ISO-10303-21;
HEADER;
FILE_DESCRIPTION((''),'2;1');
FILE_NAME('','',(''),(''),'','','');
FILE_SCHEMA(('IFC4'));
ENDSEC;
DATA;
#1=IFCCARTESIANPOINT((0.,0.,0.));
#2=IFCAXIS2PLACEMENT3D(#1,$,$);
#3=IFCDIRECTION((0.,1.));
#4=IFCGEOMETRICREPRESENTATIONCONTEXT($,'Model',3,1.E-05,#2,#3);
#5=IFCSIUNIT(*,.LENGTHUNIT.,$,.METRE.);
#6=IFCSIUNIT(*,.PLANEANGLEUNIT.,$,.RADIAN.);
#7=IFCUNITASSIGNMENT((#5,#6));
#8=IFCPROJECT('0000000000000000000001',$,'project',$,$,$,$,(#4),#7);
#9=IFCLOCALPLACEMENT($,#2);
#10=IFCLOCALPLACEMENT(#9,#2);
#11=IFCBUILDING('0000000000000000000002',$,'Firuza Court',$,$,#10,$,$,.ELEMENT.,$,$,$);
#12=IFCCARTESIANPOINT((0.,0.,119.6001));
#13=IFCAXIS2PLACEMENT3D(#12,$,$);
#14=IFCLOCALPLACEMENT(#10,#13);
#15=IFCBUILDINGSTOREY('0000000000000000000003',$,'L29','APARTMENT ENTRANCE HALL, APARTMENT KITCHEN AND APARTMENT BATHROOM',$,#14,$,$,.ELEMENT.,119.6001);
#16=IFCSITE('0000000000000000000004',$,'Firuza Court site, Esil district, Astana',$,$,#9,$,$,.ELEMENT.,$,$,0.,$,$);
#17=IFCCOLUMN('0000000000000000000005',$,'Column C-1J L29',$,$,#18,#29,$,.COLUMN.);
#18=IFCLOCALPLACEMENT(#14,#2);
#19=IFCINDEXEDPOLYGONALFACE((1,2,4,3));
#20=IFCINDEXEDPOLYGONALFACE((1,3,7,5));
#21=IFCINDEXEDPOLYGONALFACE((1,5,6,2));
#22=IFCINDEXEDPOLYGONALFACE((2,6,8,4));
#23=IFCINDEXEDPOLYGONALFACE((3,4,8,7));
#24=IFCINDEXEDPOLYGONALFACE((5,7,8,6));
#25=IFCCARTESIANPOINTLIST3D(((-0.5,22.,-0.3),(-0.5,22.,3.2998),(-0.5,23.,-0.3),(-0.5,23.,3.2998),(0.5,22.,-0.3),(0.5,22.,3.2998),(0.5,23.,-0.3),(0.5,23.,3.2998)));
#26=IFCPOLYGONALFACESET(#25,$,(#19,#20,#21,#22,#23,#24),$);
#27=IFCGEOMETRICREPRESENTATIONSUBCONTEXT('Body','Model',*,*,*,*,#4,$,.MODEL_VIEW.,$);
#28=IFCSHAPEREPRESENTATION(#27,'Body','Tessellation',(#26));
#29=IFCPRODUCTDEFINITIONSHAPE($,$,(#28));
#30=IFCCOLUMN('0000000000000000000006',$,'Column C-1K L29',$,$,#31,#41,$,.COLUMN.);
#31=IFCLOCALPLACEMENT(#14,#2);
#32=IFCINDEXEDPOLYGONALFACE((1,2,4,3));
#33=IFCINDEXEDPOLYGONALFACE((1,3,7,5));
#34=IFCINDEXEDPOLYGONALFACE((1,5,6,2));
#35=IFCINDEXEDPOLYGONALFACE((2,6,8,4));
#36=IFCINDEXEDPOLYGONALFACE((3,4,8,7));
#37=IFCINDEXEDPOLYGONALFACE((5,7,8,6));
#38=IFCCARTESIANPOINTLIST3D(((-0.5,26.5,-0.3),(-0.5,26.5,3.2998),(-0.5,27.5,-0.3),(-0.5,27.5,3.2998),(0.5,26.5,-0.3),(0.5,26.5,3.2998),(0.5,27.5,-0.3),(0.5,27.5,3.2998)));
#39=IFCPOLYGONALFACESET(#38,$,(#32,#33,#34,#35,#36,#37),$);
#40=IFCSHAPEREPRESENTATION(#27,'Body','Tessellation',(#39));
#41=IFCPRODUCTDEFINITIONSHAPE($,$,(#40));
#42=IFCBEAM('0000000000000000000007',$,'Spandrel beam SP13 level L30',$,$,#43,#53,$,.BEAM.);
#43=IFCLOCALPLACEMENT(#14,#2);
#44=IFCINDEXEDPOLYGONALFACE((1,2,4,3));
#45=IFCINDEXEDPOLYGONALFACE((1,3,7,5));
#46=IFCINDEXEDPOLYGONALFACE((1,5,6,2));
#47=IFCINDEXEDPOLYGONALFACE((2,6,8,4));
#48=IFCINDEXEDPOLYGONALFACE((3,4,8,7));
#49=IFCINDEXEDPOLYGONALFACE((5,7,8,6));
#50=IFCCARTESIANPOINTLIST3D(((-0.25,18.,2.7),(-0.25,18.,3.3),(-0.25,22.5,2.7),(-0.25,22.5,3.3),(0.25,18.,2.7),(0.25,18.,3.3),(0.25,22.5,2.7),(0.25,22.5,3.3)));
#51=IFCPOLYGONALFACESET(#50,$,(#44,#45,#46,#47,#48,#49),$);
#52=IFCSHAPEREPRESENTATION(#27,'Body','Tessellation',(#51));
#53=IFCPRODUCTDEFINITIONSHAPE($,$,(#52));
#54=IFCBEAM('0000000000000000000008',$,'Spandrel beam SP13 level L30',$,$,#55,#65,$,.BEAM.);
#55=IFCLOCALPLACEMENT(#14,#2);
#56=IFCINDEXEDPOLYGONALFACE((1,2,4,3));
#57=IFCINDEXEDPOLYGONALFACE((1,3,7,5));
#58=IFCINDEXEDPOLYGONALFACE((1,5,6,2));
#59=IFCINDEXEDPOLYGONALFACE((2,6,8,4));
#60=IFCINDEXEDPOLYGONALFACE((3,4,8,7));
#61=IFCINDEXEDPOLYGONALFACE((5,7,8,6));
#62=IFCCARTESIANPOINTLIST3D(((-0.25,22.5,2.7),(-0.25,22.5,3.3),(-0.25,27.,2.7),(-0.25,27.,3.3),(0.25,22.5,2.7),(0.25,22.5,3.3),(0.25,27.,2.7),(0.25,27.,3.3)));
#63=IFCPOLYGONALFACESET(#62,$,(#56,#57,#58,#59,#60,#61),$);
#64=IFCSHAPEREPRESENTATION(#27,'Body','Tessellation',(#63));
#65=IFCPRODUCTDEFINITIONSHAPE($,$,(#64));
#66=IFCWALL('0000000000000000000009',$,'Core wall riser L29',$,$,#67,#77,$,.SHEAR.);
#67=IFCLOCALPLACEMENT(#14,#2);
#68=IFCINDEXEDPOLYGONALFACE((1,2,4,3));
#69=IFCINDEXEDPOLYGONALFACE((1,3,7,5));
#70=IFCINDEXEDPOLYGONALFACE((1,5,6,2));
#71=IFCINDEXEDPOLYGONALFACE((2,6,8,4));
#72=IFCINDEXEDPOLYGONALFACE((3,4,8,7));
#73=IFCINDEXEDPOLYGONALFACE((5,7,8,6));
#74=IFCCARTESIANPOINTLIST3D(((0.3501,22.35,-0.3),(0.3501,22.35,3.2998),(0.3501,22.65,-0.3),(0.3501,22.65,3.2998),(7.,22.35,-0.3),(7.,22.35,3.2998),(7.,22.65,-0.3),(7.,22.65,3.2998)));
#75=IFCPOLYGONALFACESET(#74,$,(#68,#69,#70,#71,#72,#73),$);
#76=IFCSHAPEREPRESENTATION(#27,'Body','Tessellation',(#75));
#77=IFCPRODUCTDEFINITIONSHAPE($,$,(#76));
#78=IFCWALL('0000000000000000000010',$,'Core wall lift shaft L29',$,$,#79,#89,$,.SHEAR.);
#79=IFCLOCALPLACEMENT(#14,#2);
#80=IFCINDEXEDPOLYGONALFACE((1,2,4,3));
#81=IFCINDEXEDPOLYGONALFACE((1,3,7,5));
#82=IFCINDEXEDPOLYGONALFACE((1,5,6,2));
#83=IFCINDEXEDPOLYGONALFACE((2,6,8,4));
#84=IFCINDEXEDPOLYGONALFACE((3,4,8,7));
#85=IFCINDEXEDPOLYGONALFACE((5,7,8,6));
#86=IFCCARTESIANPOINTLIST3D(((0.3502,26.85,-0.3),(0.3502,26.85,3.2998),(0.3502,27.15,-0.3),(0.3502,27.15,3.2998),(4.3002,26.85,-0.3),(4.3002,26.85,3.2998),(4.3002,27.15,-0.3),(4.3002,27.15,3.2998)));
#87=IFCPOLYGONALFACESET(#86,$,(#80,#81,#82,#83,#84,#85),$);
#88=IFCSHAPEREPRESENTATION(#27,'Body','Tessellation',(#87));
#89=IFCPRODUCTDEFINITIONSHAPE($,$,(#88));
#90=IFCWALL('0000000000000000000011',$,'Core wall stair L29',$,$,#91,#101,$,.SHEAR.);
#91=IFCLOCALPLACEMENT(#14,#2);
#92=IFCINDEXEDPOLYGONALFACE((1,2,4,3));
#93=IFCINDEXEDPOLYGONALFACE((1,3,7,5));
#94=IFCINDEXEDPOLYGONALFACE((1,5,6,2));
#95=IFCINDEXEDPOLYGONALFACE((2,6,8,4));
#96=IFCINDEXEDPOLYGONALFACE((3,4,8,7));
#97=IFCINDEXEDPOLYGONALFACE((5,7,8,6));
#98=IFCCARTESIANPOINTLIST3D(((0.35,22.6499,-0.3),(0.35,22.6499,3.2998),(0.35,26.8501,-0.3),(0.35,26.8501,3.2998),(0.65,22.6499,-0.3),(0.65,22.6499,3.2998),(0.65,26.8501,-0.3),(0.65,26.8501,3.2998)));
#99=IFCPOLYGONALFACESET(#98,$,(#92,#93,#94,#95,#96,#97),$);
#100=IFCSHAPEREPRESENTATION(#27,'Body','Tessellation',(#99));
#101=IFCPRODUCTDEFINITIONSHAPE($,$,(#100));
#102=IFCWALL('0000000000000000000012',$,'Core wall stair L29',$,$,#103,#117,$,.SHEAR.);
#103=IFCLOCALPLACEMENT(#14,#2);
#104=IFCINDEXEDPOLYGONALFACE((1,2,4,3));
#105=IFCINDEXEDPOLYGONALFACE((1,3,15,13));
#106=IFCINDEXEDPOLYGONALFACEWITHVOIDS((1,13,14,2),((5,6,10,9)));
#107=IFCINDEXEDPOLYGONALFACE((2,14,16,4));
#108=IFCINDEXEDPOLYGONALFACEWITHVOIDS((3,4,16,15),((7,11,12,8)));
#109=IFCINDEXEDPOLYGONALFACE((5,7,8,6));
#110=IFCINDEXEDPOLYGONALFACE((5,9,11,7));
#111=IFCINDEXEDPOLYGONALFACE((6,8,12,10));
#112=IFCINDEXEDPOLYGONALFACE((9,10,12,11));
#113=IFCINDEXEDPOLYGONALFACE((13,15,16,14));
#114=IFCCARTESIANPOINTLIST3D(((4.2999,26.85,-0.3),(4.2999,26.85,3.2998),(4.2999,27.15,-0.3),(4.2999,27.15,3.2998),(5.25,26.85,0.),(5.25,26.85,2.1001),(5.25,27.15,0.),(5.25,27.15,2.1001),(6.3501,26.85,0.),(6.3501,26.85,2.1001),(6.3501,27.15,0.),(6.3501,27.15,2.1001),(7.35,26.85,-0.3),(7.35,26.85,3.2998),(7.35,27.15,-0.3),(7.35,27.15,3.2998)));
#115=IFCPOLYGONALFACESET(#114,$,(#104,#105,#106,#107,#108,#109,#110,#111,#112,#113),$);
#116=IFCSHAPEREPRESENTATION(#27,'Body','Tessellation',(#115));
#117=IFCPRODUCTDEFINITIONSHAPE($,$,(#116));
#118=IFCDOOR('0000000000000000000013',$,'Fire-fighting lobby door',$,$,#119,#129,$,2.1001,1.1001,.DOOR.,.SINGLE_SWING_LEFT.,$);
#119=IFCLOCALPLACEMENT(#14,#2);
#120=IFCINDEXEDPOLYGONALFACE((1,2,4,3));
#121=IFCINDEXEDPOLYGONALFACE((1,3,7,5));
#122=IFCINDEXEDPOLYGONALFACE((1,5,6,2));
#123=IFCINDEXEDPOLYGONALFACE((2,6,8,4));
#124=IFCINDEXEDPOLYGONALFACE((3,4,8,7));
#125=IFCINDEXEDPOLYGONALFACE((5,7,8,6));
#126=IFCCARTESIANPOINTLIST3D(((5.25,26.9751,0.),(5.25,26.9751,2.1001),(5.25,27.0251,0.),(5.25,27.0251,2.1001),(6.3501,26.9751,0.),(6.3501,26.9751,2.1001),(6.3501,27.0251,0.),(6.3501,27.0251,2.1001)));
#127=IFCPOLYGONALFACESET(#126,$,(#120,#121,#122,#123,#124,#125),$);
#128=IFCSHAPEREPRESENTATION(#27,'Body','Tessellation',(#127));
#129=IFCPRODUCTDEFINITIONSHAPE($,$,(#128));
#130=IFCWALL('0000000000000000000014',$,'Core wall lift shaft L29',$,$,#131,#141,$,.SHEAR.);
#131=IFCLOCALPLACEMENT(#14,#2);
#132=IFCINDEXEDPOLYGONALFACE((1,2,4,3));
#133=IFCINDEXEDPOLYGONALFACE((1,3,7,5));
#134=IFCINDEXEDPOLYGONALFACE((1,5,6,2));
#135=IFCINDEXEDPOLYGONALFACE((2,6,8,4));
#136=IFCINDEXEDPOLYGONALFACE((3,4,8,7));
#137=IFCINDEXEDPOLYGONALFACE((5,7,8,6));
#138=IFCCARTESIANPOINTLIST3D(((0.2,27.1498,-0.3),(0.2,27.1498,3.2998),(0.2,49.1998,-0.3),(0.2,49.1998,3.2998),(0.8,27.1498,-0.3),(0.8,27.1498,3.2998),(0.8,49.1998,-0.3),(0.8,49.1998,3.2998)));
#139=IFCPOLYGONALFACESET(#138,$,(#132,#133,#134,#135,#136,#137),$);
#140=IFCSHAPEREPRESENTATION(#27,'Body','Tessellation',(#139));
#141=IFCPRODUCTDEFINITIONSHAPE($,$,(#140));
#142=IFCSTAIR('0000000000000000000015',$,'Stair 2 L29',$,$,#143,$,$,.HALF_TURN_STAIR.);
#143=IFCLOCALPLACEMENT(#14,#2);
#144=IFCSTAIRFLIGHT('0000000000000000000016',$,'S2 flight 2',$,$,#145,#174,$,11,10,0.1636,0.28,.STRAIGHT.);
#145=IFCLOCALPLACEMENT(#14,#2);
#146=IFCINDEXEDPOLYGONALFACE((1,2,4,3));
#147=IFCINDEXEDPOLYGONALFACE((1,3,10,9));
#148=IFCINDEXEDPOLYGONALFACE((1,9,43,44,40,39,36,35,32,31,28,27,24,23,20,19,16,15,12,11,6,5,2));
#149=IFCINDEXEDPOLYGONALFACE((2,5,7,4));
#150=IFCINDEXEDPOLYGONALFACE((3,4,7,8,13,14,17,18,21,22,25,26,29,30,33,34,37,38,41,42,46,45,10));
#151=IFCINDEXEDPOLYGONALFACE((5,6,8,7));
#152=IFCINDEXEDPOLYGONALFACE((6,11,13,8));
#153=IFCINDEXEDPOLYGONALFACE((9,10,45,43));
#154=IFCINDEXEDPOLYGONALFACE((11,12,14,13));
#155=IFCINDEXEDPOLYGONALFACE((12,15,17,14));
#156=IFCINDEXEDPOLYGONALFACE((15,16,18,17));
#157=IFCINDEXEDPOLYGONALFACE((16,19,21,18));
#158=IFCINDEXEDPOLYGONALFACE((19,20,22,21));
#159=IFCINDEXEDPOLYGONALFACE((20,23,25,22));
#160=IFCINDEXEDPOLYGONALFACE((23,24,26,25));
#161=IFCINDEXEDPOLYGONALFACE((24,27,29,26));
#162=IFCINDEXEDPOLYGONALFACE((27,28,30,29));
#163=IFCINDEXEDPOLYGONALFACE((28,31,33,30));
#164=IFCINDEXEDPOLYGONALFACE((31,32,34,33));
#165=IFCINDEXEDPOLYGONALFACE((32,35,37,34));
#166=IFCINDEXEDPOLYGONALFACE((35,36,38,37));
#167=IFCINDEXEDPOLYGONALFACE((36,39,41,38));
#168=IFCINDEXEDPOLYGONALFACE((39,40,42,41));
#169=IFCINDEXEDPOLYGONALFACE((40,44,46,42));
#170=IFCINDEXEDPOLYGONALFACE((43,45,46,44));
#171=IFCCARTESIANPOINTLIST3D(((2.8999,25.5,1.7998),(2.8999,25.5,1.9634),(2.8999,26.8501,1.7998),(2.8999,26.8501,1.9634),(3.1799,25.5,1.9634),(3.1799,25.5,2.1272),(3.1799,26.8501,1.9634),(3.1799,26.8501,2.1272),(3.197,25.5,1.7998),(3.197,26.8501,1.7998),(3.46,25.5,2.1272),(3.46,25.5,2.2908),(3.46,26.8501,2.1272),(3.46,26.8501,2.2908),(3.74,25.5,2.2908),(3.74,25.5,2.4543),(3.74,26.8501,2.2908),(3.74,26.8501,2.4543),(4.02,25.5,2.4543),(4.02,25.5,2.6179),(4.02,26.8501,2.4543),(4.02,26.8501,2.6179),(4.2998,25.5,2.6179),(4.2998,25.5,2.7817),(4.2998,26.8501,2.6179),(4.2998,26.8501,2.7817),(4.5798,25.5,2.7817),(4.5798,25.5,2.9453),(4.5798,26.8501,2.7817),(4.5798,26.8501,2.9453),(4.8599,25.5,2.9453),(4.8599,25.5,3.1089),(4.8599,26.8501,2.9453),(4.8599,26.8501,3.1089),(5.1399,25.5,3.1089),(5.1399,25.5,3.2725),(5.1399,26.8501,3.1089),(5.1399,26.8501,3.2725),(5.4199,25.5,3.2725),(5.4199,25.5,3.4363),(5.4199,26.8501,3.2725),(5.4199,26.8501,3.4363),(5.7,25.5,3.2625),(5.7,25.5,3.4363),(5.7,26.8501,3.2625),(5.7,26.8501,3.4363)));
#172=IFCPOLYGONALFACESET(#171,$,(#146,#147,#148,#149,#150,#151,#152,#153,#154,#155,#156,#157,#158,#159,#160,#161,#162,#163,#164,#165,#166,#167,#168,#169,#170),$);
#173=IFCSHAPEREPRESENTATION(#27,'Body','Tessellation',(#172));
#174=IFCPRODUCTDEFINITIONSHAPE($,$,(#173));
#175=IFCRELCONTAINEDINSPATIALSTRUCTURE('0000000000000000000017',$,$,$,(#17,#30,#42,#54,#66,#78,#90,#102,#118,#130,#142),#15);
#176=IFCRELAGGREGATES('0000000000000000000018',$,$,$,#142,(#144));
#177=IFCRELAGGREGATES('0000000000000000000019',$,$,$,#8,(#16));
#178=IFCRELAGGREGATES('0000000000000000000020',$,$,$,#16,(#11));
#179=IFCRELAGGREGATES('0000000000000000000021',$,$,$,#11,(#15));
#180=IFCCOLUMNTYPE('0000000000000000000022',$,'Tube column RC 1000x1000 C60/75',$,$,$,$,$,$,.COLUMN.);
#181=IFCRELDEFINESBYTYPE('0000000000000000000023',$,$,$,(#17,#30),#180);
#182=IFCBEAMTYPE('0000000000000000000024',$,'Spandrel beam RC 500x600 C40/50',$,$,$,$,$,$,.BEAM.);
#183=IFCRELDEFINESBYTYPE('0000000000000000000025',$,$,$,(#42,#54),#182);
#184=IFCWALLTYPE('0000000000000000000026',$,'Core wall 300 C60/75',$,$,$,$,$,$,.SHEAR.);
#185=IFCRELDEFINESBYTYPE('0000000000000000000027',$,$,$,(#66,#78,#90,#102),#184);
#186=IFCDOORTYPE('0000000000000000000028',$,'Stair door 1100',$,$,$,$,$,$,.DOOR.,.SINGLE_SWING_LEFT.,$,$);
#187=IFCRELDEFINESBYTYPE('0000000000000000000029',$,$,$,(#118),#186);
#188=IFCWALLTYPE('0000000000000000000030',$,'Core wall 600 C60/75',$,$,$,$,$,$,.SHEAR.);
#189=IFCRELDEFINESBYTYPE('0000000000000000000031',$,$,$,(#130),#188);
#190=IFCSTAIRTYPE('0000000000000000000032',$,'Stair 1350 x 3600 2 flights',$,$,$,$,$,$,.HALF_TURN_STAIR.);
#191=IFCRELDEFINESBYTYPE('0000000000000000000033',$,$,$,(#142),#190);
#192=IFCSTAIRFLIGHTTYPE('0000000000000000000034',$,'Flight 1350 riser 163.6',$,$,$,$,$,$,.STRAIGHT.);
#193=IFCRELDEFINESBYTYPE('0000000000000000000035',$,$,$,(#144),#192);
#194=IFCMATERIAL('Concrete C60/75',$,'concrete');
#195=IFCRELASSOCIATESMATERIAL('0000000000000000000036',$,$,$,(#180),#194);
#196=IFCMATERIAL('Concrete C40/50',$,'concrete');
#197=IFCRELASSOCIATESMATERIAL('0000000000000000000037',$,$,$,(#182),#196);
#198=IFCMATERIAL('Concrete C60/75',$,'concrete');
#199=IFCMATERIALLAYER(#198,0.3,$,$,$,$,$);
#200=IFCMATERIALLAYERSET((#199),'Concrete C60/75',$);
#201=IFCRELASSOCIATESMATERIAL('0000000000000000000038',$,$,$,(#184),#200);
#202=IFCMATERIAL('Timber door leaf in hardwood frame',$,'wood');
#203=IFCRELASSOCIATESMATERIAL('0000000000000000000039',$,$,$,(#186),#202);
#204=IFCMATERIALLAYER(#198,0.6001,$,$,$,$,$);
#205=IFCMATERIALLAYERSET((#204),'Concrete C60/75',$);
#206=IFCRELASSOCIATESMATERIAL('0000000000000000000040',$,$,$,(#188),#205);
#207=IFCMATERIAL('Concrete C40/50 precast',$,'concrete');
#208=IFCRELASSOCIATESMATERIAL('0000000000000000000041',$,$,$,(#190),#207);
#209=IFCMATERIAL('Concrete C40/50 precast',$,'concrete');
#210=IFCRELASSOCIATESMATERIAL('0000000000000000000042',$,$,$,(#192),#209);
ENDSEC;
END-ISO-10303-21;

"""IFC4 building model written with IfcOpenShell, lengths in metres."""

from ifc_helpers import new_model, si_unit, direction, frame, frame_2d, origin, origin_2d, place, context, subcontext, project, spatial, polyline, rectangle, outline, extrude, material, layer, layer_set, material_profile, profile_set, type_object, element, fill, aggregate, save


model = new_model("IFC4")

# Units and contexts
model_context = context("Model", 3, precision=1e-05, world=origin(), true_north=direction((0.0, 1.0)))
body_context = subcontext(model_context, "Body", "Model", "MODEL_VIEW")
ifc_project = project(units=[si_unit("LENGTHUNIT", "METRE"), si_unit("PLANEANGLEUNIT", "RADIAN")], contexts=[model_context])

# Site, building, storey
site_placement = place(None, origin())
site = spatial("IfcSite", under=ifc_project, at=site_placement, Name="Firuza Court site, Esil district, Astana", CompositionType="ELEMENT", RefElevation=0.0)
building_placement = place(site_placement, origin())
building = spatial("IfcBuilding", under=site, at=building_placement, Name="Firuza Court", CompositionType="ELEMENT")
storey_placement = place(building_placement, frame((0.0, 0.0, 119.6001)))
storey = spatial("IfcBuildingStorey", under=building, at=storey_placement, Name="L29", Description="APARTMENT ENTRANCE HALL, APARTMENT KITCHEN AND APARTMENT BATHROOM", CompositionType="ELEMENT", Elevation=119.6001)

# Columns
ifc_material_1 = material(Name="Concrete C60/75", Category="concrete")
ifc_material_profile_1 = material_profile(ifc_material_1, rectangle(XDim=1.0, YDim=1.0, at=origin_2d()), Name="RC 1000x1000")
ifc_profile_set_1 = profile_set([ifc_material_profile_1], Name="Concrete C60/75")
column_type = type_object("IfcColumnType", Name="Tube column RC 1000x1000 C60/75", PredefinedType="COLUMN", material=ifc_profile_set_1)
for number, where, z_axis, x_axis, name in (
    (1, (0.0, 22.5, -0.3), (0.0, 0.0, 1.0), (1.0, 0.0, 0.0), "Column C-1J L29"),
    (2, (0.0, 27.0, -0.3), (0.0, 0.0, 1.0), (1.0, 0.0, 0.0), "Column C-1K L29"),
):
    element("IfcColumn", number, at=place(storey_placement, frame(where, z_axis=z_axis, x_axis=x_axis)), inside=storey, type_object=column_type, Name=name, PredefinedType="COLUMN", context=body_context, shape_type="SweptSolid", body=[
        extrude(rectangle(XDim=1.0, YDim=1.0, at=origin_2d()), origin(), (0.0, 0.0, 1.0), 3.5999),
    ])

# Beams
ifc_material_2 = material(Name="Concrete C40/50", Category="concrete")
ifc_material_profile_2 = material_profile(ifc_material_2, rectangle(XDim=0.5, YDim=0.6001, at=origin_2d()), Name="RC 500x600")
ifc_profile_set_2 = profile_set([ifc_material_profile_2], Name="Concrete C40/50")
beam_type = type_object("IfcBeamType", Name="Spandrel beam RC 500x600 C40/50", PredefinedType="BEAM", material=ifc_profile_set_2)
for number, where, z_axis, x_axis, name in (
    (3, (0.0, 22.5, 3.0), (0.0, -1.0, 0.0), (1.0, 0.0, 0.0), "Spandrel beam SP13 level L30"),
    (4, (0.0, 27.0, 3.0), (0.0, -1.0, 0.0), (1.0, 0.0, 0.0), "Spandrel beam SP13 level L30"),
):
    element("IfcBeam", number, at=place(storey_placement, frame(where, z_axis=z_axis, x_axis=x_axis)), inside=storey, type_object=beam_type, Name=name, PredefinedType="BEAM", context=body_context, shape_type="SweptSolid", body=[
        extrude(rectangle(XDim=0.5, YDim=0.6001, at=origin_2d()), origin(), (0.0, 0.0, 1.0), 4.5),
    ])

# Walls
ifc_material_3 = material(Name="Concrete C60/75", Category="concrete")
ifc_layer_1 = layer(ifc_material_3, 0.3)
ifc_layer_set_1 = layer_set([ifc_layer_1], Name="Concrete C60/75")
wall_type_1 = type_object("IfcWallType", Name="Core wall 300 C60/75", PredefinedType="SHEAR", material=ifc_layer_set_1)
wall_1_placement = place(storey_placement, frame((0.3501, 22.5, -0.3), z_axis=(0.0, 0.0, 1.0), x_axis=(1.0, 0.0, 0.0)))
element("IfcWall", 5, at=wall_1_placement, inside=storey, type_object=wall_type_1, Name="Core wall riser L29", PredefinedType="SHEAR", context=body_context, shape_type="SweptSolid", body=[
    extrude(rectangle(XDim=6.6499, YDim=0.3, at=frame_2d((3.325, 0.0))), origin(), (0.0, 0.0, 1.0), 3.5999),
])
wall_2_placement = place(storey_placement, frame((0.3501, 27.0, -0.3), z_axis=(0.0, 0.0, 1.0), x_axis=(1.0, 0.0, 0.0)))
element("IfcWall", 6, at=wall_2_placement, inside=storey, type_object=wall_type_1, Name="Core wall lift shaft L29", PredefinedType="SHEAR", context=body_context, shape_type="SweptSolid", body=[
    extrude(rectangle(XDim=3.95, YDim=0.3, at=frame_2d((1.9751, 0.0))), origin(), (0.0, 0.0, 1.0), 3.5999),
])
wall_3_placement = place(storey_placement, frame((0.5, 22.6499, -0.3), z_axis=(0.0, 0.0, 1.0), x_axis=(0.0, 1.0, 0.0)))
element("IfcWall", 7, at=wall_3_placement, inside=storey, type_object=wall_type_1, Name="Core wall stair L29", PredefinedType="SHEAR", context=body_context, shape_type="SweptSolid", body=[
    extrude(rectangle(XDim=4.2002, YDim=0.3, at=frame_2d((2.1001, 0.0))), origin(), (0.0, 0.0, 1.0), 3.5999),
])

# Wall, opening, door
wall_4_placement = place(storey_placement, frame((4.3, 27.0, -0.3), z_axis=(0.0, 0.0, 1.0), x_axis=(1.0, 0.0, 0.0)))
wall_4 = element("IfcWall", 8, at=wall_4_placement, inside=storey, type_object=wall_type_1, Name="Core wall stair L29", PredefinedType="SHEAR", context=body_context, shape_type="SweptSolid", body=[
    extrude(rectangle(XDim=3.05, YDim=0.3, at=frame_2d((1.5249, 0.0))), origin(), (0.0, 0.0, 1.0), 3.5999),
])
opening_1_placement = place(wall_4_placement, frame((0.95, 0.0, 0.3)))
opening_1 = element("IfcOpeningElement", 9, at=opening_1_placement, cuts=wall_4, PredefinedType="OPENING", context=body_context, shape_type="SweptSolid", body=[
    extrude(rectangle(XDim=1.1001, YDim=2.1001, at=frame_2d((0.55, 1.05))), frame((0.0, 0.1621, 0.0), z_axis=(0.0, -1.0, 0.0), x_axis=(1.0, 0.0, 0.0)), (0.0, 0.0, 1.0), 0.324),
])
ifc_material_4 = material(Name="Timber door leaf in hardwood frame", Category="wood")
door_type_1 = type_object("IfcDoorType", Name="Stair door 1100", OperationType="SINGLE_SWING_LEFT", PredefinedType="DOOR", material=ifc_material_4)
door_1_placement = place(opening_1_placement, frame((1.1001, 0.0, 0.0), z_axis=(0.0, 0.0, 1.0), x_axis=(-1.0, 0.0, 0.0)))
door_1 = element("IfcDoor", 10, at=door_1_placement, inside=storey, type_object=door_type_1, Name="Fire-fighting lobby door", OperationType="SINGLE_SWING_LEFT", OverallHeight=2.1001, OverallWidth=1.1001, PredefinedType="DOOR", context=body_context, shape_type="SweptSolid", body=[
    extrude(rectangle(XDim=1.1001, YDim=2.1001, at=frame_2d((0.55, 1.05))), frame((0.0, 0.0249, 0.0), z_axis=(0.0, -1.0, 0.0), x_axis=(1.0, 0.0, 0.0)), (0.0, 0.0, 1.0), 0.05),
])
fill(opening_1, door_1)

# Wall
ifc_layer_2 = layer(ifc_material_3, 0.6001)
ifc_layer_set_2 = layer_set([ifc_layer_2], Name="Concrete C60/75")
wall_type_2 = type_object("IfcWallType", Name="Core wall 600 C60/75", PredefinedType="SHEAR", material=ifc_layer_set_2)
wall_5_placement = place(storey_placement, frame((0.5, 27.1499, -0.3), z_axis=(0.0, 0.0, 1.0), x_axis=(0.0, 1.0, 0.0)))
element("IfcWall", 11, at=wall_5_placement, inside=storey, type_object=wall_type_2, Name="Core wall lift shaft L29", PredefinedType="SHEAR", context=body_context, shape_type="SweptSolid", body=[
    extrude(rectangle(XDim=22.05, YDim=0.6001, at=frame_2d((11.0249, 0.0))), origin(), (0.0, 0.0, 1.0), 3.5999),
])

# Stair, stair flight
ifc_material_5 = material(Name="Concrete C40/50 precast", Category="concrete")
stair_type = type_object("IfcStairType", Name="Stair 1350 x 3600 2 flights", PredefinedType="HALF_TURN_STAIR", material=ifc_material_5)
stair_placement = place(storey_placement, origin())
stair = element("IfcStair", 12, at=stair_placement, inside=storey, type_object=stair_type, Name="Stair 2 L29", PredefinedType="HALF_TURN_STAIR")
ifc_material_6 = material(Name="Concrete C40/50 precast", Category="concrete")
stair_flight_type = type_object("IfcStairFlightType", Name="Flight 1350 riser 163.6", PredefinedType="STRAIGHT", material=ifc_material_6)
stair_flight_placement = place(storey_placement, frame((2.8999, 26.175, 1.7998), z_axis=(0.0, 0.0, 1.0), x_axis=(1.0, 0.0, 0.0)))
stair_flight = element("IfcStairFlight", 13, at=stair_flight_placement, type_object=stair_flight_type, Name="S2 flight 2", NumberOfRisers=11, NumberOfTreads=10, PredefinedType="STRAIGHT", RiserHeight=0.1636, TreadLength=0.28, context=body_context, shape_type="SweptSolid", body=[
    extrude(outline(polyline([(0.0, 0.0), (0.0, 0.1636), (0.28, 0.1636), (0.28, 0.3274), (0.5601, 0.3274), (0.5601, 0.491), (0.8401, 0.491), (0.8401, 0.6545), (1.1201, 0.6545), (1.1201, 0.8181), (1.3999, 0.8181), (1.3999, 0.9819), (1.6799, 0.9819), (1.6799, 1.1455), (1.96, 1.1455), (1.96, 1.3091), (2.24, 1.3091), (2.24, 1.4727), (2.52, 1.4727), (2.52, 1.6365), (2.8, 1.6365), (2.8, 1.8), (2.8, 1.4626), (0.2971, 0.0), (0.0, 0.0)])), frame((0.0, 0.675, 0.0), z_axis=(0.0, -1.0, 0.0), x_axis=(1.0, 0.0, 0.0)), (0.0, 0.0, 1.0), 1.3501),
])
aggregate(stair, [stair_flight])

save(model, "model.ifc")
